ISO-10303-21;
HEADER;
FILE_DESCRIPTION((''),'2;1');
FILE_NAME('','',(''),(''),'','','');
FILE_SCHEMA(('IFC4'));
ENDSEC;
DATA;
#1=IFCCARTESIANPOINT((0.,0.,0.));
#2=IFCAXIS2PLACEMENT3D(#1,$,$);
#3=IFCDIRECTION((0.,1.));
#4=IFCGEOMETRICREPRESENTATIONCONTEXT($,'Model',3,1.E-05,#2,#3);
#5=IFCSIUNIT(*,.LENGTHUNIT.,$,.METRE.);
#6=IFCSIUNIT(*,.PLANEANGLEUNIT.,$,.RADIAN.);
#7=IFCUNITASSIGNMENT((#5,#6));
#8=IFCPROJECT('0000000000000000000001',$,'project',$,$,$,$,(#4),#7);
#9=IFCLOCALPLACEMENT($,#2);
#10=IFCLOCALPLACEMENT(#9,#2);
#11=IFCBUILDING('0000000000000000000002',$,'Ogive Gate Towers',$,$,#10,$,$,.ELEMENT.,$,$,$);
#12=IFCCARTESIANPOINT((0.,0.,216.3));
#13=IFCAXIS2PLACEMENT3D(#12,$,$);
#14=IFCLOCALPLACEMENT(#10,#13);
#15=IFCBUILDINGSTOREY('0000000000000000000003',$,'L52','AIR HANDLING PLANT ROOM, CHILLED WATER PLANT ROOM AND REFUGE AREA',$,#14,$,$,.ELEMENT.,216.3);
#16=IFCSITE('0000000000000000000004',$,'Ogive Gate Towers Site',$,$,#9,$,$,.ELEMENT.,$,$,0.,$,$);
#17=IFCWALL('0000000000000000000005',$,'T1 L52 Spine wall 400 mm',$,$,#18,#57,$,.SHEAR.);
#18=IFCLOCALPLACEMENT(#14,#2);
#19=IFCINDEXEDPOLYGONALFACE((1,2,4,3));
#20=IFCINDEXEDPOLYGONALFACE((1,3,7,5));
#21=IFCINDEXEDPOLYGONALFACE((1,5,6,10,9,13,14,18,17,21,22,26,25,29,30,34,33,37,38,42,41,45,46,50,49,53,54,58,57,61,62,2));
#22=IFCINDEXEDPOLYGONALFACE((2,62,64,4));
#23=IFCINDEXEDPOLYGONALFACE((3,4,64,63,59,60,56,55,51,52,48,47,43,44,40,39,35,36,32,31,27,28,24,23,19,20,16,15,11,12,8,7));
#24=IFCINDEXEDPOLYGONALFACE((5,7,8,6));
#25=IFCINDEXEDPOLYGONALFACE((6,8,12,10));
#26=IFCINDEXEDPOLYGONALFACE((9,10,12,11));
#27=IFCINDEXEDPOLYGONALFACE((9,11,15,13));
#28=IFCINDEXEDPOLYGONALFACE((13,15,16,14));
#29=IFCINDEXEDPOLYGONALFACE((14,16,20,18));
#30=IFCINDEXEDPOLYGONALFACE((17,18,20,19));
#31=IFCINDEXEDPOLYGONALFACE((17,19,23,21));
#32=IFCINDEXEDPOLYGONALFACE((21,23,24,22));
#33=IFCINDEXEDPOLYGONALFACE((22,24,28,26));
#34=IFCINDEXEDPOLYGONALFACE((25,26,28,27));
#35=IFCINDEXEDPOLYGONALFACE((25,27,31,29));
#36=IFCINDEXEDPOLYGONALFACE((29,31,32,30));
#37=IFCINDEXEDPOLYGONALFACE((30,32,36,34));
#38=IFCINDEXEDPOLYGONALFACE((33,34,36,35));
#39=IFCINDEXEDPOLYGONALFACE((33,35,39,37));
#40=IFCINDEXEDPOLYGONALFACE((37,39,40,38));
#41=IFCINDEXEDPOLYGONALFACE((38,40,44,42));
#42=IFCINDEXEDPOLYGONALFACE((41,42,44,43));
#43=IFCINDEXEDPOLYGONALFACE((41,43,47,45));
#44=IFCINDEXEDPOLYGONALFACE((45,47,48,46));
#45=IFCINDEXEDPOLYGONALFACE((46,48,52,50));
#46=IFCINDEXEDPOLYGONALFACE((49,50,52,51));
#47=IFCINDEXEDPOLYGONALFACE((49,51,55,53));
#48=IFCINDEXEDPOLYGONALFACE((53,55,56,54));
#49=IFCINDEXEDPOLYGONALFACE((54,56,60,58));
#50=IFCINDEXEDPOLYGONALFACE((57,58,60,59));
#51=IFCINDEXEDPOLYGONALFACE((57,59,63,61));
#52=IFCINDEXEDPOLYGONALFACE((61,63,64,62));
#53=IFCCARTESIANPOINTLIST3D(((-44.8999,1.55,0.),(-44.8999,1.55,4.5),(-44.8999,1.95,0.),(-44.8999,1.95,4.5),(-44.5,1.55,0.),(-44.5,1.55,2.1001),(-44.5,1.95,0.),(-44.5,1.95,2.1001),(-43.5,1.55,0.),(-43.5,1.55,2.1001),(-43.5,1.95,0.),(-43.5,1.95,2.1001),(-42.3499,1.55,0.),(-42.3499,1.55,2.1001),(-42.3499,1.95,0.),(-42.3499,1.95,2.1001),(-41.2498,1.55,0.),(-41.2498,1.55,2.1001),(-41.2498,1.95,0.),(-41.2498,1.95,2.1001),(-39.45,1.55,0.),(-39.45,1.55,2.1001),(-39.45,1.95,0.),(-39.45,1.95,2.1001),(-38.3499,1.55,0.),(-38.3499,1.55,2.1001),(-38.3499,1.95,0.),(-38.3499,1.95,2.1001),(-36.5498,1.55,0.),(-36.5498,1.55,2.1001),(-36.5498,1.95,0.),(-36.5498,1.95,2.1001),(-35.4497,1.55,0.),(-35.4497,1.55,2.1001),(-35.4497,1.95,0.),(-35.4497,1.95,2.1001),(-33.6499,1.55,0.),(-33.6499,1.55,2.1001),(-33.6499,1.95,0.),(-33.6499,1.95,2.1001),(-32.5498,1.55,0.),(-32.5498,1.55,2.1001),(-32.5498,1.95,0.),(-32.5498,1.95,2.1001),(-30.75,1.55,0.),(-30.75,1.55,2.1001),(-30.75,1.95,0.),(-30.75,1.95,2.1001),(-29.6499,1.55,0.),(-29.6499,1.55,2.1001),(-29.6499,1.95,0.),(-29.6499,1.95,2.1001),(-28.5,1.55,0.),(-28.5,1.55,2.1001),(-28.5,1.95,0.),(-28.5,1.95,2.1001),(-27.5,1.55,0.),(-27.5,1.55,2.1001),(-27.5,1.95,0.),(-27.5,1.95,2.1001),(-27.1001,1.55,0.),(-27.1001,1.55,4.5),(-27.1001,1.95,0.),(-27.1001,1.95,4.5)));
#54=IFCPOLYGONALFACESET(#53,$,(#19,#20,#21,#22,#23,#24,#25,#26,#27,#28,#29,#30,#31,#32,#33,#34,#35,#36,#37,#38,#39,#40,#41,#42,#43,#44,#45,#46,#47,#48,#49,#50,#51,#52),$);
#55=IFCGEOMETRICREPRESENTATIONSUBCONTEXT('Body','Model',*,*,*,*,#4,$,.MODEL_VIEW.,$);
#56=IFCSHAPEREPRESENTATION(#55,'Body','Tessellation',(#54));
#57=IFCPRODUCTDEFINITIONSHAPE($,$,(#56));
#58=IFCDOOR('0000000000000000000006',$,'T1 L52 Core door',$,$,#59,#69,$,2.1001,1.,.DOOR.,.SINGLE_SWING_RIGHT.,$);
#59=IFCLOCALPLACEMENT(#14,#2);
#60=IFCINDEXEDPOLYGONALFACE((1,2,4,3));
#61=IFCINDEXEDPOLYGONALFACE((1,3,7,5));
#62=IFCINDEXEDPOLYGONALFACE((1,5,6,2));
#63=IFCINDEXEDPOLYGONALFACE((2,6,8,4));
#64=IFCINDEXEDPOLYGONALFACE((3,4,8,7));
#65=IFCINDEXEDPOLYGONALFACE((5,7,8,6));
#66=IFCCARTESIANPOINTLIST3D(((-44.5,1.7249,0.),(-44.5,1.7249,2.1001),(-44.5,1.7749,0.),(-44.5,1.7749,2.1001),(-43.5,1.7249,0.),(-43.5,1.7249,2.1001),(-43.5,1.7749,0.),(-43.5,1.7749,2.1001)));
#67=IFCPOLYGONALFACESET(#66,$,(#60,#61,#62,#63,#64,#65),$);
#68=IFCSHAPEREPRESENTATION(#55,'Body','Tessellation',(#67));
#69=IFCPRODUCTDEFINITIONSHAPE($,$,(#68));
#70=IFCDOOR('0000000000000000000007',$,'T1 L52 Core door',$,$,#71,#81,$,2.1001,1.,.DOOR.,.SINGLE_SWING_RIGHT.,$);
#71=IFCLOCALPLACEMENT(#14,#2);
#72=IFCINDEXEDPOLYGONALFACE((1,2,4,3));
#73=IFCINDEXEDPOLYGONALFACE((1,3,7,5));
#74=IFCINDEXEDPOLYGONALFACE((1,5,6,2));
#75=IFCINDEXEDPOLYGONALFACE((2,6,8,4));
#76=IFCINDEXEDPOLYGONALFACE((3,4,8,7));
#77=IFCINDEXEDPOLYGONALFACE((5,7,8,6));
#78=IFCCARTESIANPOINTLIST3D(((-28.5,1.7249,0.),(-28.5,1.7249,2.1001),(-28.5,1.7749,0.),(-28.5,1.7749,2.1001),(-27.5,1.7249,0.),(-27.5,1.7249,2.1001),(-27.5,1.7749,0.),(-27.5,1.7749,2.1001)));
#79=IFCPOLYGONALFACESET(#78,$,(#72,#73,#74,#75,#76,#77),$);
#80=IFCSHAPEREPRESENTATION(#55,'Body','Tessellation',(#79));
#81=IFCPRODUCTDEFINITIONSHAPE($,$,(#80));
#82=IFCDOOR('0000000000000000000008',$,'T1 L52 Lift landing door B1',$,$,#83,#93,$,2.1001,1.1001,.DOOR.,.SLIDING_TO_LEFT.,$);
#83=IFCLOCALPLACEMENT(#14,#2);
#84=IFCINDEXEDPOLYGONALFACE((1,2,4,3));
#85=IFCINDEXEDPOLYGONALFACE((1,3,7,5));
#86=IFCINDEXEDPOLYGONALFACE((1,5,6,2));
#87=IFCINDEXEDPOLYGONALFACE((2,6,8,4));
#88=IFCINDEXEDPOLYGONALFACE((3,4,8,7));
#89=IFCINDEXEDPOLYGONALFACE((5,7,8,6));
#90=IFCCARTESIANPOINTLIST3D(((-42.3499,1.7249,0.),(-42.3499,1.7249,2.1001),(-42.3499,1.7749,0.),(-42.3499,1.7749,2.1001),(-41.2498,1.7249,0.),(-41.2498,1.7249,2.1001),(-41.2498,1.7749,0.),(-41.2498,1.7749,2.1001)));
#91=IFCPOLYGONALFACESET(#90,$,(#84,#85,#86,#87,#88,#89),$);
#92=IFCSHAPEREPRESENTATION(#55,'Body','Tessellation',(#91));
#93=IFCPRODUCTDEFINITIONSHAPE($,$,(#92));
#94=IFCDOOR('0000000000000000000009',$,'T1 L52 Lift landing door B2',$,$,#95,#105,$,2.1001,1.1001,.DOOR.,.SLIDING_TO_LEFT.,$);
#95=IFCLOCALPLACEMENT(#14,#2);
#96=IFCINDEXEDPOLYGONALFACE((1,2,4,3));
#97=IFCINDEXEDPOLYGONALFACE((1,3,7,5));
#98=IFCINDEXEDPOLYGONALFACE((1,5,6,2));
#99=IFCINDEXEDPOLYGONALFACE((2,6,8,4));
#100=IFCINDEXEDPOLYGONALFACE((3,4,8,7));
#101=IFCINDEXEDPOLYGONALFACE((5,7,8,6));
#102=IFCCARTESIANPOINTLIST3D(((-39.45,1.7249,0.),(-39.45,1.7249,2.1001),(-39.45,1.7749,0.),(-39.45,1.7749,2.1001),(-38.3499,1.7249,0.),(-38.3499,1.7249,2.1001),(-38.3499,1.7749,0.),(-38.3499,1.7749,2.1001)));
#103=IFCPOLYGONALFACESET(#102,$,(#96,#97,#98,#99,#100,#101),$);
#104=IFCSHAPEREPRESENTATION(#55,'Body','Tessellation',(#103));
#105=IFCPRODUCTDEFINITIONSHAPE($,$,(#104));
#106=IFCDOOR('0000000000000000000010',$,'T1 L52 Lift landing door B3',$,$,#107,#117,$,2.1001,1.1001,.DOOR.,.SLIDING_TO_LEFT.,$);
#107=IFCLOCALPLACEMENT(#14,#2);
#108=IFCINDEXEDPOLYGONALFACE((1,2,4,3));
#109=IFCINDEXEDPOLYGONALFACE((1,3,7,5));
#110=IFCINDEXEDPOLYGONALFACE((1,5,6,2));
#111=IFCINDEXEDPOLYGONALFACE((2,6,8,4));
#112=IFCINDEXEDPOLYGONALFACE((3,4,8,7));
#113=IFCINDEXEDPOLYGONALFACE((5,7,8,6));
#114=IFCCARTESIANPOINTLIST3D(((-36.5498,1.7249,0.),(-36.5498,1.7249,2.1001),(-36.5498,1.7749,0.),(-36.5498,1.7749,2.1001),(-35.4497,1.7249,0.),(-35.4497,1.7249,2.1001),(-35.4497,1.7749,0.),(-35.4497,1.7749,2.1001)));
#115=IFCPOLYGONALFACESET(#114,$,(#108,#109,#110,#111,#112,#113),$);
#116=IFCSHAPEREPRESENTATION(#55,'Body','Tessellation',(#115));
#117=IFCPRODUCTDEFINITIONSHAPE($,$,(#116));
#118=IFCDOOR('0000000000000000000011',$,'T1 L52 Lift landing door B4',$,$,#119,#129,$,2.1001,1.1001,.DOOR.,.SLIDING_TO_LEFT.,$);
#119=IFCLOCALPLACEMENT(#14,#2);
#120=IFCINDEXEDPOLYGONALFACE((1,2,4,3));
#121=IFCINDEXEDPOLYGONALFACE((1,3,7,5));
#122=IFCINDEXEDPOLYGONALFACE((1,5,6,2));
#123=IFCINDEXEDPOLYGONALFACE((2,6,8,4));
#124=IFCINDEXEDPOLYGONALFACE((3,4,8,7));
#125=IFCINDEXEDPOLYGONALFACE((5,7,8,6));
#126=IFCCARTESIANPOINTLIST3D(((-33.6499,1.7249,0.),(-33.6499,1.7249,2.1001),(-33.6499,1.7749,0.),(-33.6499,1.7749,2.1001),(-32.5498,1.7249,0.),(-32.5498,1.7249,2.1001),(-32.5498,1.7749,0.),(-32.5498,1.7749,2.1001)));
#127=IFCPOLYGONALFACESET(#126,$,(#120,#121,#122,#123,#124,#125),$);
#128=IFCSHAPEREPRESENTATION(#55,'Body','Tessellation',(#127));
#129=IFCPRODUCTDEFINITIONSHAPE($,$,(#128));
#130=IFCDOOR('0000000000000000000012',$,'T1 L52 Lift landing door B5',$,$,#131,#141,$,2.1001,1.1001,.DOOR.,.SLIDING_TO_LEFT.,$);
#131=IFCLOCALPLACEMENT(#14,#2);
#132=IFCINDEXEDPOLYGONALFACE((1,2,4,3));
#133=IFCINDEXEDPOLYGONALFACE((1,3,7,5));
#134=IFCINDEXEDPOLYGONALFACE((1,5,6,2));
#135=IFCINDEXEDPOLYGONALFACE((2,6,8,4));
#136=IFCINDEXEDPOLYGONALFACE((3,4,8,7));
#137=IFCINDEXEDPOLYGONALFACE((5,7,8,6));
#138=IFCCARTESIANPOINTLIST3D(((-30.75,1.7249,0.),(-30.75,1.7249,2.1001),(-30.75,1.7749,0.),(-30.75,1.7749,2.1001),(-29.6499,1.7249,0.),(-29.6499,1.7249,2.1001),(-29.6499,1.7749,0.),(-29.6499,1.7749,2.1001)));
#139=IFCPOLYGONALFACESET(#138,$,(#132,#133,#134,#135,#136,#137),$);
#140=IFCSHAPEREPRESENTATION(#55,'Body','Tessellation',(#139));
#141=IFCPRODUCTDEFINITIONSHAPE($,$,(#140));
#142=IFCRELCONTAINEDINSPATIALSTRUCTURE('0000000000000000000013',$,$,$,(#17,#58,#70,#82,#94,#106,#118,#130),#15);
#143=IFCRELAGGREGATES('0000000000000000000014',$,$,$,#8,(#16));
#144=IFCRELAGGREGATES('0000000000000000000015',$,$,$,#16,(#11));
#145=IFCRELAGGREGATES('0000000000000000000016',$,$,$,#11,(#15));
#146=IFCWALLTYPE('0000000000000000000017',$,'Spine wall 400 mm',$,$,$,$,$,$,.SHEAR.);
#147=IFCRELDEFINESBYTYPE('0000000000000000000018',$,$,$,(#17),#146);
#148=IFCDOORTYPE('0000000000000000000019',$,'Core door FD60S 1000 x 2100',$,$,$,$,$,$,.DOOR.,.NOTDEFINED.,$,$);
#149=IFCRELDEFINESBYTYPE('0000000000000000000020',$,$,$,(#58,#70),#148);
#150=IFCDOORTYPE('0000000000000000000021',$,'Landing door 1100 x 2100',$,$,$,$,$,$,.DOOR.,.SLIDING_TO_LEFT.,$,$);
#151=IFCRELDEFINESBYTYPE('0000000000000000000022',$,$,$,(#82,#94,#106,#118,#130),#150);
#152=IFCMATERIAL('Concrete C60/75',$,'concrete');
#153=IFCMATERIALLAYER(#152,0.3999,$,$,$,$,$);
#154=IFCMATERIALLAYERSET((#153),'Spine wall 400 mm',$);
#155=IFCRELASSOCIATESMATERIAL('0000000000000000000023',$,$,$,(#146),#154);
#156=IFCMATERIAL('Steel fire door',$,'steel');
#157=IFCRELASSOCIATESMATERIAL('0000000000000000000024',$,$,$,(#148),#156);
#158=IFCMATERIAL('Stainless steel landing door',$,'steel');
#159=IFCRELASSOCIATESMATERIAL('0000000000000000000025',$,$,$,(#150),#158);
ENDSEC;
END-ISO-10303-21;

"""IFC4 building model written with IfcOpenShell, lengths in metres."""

from ifc_helpers import new_model, si_unit, direction, frame, frame_2d, origin, place, context, subcontext, project, spatial, rectangle, extrude, material, layer, layer_set, type_object, element, fill, save


model = new_model("IFC4")

# Units and contexts
model_context = context("Model", 3, precision=1e-05, world=origin(), true_north=direction((0.0, 1.0)))
body_context = subcontext(model_context, "Body", "Model", "MODEL_VIEW")
ifc_project = project(units=[si_unit("LENGTHUNIT", "METRE"), si_unit("PLANEANGLEUNIT", "RADIAN")], contexts=[model_context])

# Site, building, storey
site_placement = place(None, origin())
site = spatial("IfcSite", under=ifc_project, at=site_placement, Name="Ogive Gate Towers Site", CompositionType="ELEMENT", RefElevation=0.0)
building_placement = place(site_placement, origin())
building = spatial("IfcBuilding", under=site, at=building_placement, Name="Ogive Gate Towers", CompositionType="ELEMENT")
storey_placement = place(building_placement, frame((0.0, 0.0, 216.3)))
storey = spatial("IfcBuildingStorey", under=building, at=storey_placement, Name="L52", Description="AIR HANDLING PLANT ROOM, CHILLED WATER PLANT ROOM AND REFUGE AREA", CompositionType="ELEMENT", Elevation=216.3)

# Shared definitions
ifc_material_1 = material(Name="Steel fire door", Category="steel")
ifc_material_2 = material(Name="Concrete C60/75", Category="concrete")

# Wall, openings, doors
ifc_layer_1 = layer(ifc_material_2, 0.3999)
ifc_layer_set_1 = layer_set([ifc_layer_1], Name="Spine wall 400 mm")
wall_type_1 = type_object("IfcWallType", Name="Spine wall 400 mm", PredefinedType="SHEAR", material=ifc_layer_set_1)
wall_1_placement = place(storey_placement, frame((-44.8999, 1.75, 0.0), z_axis=(0.0, 0.0, 1.0), x_axis=(1.0, 0.0, 0.0)))
wall_1 = element("IfcWall", 1, at=wall_1_placement, inside=storey, type_object=wall_type_1, Name="T1 L52 Spine wall 400 mm", PredefinedType="SHEAR", context=body_context, shape_type="SweptSolid", body=[
    extrude(rectangle(XDim=17.7998, YDim=0.3999, at=frame_2d((8.8999, 0.0))), origin(), (0.0, 0.0, 1.0), 4.5),
])
opening_1_placement = place(wall_1_placement, frame((0.3999, 0.0, 0.0)))
opening_1 = element("IfcOpeningElement", 2, at=opening_1_placement, cuts=wall_1, PredefinedType="OPENING", context=body_context, shape_type="SweptSolid", body=[
    extrude(rectangle(XDim=1.0, YDim=2.1001, at=frame_2d((0.5, 1.05))), frame((0.0, 0.21, 0.0), z_axis=(0.0, -1.0, 0.0), x_axis=(1.0, 0.0, 0.0)), (0.0, 0.0, 1.0), 0.4199),
])
opening_2_placement = place(wall_1_placement, frame((2.55, 0.0, 0.0)))
opening_2 = element("IfcOpeningElement", 3, at=opening_2_placement, cuts=wall_1, PredefinedType="OPENING", context=body_context, shape_type="SweptSolid", body=[
    extrude(rectangle(XDim=1.1001, YDim=2.1001, at=frame_2d((0.55, 1.05))), frame((0.0, 0.21, 0.0), z_axis=(0.0, -1.0, 0.0), x_axis=(1.0, 0.0, 0.0)), (0.0, 0.0, 1.0), 0.4199),
])
opening_3_placement = place(wall_1_placement, frame((5.45, 0.0, 0.0)))
opening_3 = element("IfcOpeningElement", 4, at=opening_3_placement, cuts=wall_1, PredefinedType="OPENING", context=body_context, shape_type="SweptSolid", body=[
    extrude(rectangle(XDim=1.1001, YDim=2.1001, at=frame_2d((0.55, 1.05))), frame((0.0, 0.21, 0.0), z_axis=(0.0, -1.0, 0.0), x_axis=(1.0, 0.0, 0.0)), (0.0, 0.0, 1.0), 0.4199),
])
opening_4_placement = place(wall_1_placement, frame((8.3501, 0.0, 0.0)))
opening_4 = element("IfcOpeningElement", 5, at=opening_4_placement, cuts=wall_1, PredefinedType="OPENING", context=body_context, shape_type="SweptSolid", body=[
    extrude(rectangle(XDim=1.1001, YDim=2.1001, at=frame_2d((0.55, 1.05))), frame((0.0, 0.21, 0.0), z_axis=(0.0, -1.0, 0.0), x_axis=(1.0, 0.0, 0.0)), (0.0, 0.0, 1.0), 0.4199),
])
opening_5_placement = place(wall_1_placement, frame((11.25, 0.0, 0.0)))
opening_5 = element("IfcOpeningElement", 6, at=opening_5_placement, cuts=wall_1, PredefinedType="OPENING", context=body_context, shape_type="SweptSolid", body=[
    extrude(rectangle(XDim=1.1001, YDim=2.1001, at=frame_2d((0.55, 1.05))), frame((0.0, 0.21, 0.0), z_axis=(0.0, -1.0, 0.0), x_axis=(1.0, 0.0, 0.0)), (0.0, 0.0, 1.0), 0.4199),
])
opening_6_placement = place(wall_1_placement, frame((14.1499, 0.0, 0.0)))
opening_6 = element("IfcOpeningElement", 7, at=opening_6_placement, cuts=wall_1, PredefinedType="OPENING", context=body_context, shape_type="SweptSolid", body=[
    extrude(rectangle(XDim=1.1001, YDim=2.1001, at=frame_2d((0.55, 1.05))), frame((0.0, 0.21, 0.0), z_axis=(0.0, -1.0, 0.0), x_axis=(1.0, 0.0, 0.0)), (0.0, 0.0, 1.0), 0.4199),
])
opening_7_placement = place(wall_1_placement, frame((16.3999, 0.0, 0.0)))
opening_7 = element("IfcOpeningElement", 8, at=opening_7_placement, cuts=wall_1, PredefinedType="OPENING", context=body_context, shape_type="SweptSolid", body=[
    extrude(rectangle(XDim=1.0, YDim=2.1001, at=frame_2d((0.5, 1.05))), frame((0.0, 0.21, 0.0), z_axis=(0.0, -1.0, 0.0), x_axis=(1.0, 0.0, 0.0)), (0.0, 0.0, 1.0), 0.4199),
])
door_type_1 = type_object("IfcDoorType", Name="Core door FD60S 1000 x 2100", OperationType="NOTDEFINED", PredefinedType="DOOR", material=ifc_material_1)
door_1_placement = place(opening_1_placement, origin())
door_1 = element("IfcDoor", 9, at=door_1_placement, inside=storey, type_object=door_type_1, Name="T1 L52 Core door", OperationType="SINGLE_SWING_RIGHT", OverallHeight=2.1001, OverallWidth=1.0, PredefinedType="DOOR", context=body_context, shape_type="SweptSolid", body=[
    extrude(rectangle(XDim=1.0, YDim=2.1001, at=frame_2d((0.5, 1.05))), frame((0.0, 0.0249, 0.0), z_axis=(0.0, -1.0, 0.0), x_axis=(1.0, 0.0, 0.0)), (0.0, 0.0, 1.0), 0.05),
])
fill(opening_1, door_1)
door_2_placement = place(opening_7_placement, origin())
door_2 = element("IfcDoor", 10, at=door_2_placement, inside=storey, type_object=door_type_1, Name="T1 L52 Core door", OperationType="SINGLE_SWING_RIGHT", OverallHeight=2.1001, OverallWidth=1.0, PredefinedType="DOOR", context=body_context, shape_type="SweptSolid", body=[
    extrude(rectangle(XDim=1.0, YDim=2.1001, at=frame_2d((0.5, 1.05))), frame((0.0, 0.0249, 0.0), z_axis=(0.0, -1.0, 0.0), x_axis=(1.0, 0.0, 0.0)), (0.0, 0.0, 1.0), 0.05),
])
fill(opening_7, door_2)
ifc_material_3 = material(Name="Stainless steel landing door", Category="steel")
door_type_2 = type_object("IfcDoorType", Name="Landing door 1100 x 2100", OperationType="SLIDING_TO_LEFT", PredefinedType="DOOR", material=ifc_material_3)
door_3_placement = place(opening_2_placement, origin())
door_3 = element("IfcDoor", 11, at=door_3_placement, inside=storey, type_object=door_type_2, Name="T1 L52 Lift landing door B1", OperationType="SLIDING_TO_LEFT", OverallHeight=2.1001, OverallWidth=1.1001, PredefinedType="DOOR", context=body_context, shape_type="SweptSolid", body=[
    extrude(rectangle(XDim=1.1001, YDim=2.1001, at=frame_2d((0.55, 1.05))), frame((0.0, 0.0249, 0.0), z_axis=(0.0, -1.0, 0.0), x_axis=(1.0, 0.0, 0.0)), (0.0, 0.0, 1.0), 0.05),
])
fill(opening_2, door_3)
door_4_placement = place(opening_3_placement, origin())
door_4 = element("IfcDoor", 12, at=door_4_placement, inside=storey, type_object=door_type_2, Name="T1 L52 Lift landing door B2", OperationType="SLIDING_TO_LEFT", OverallHeight=2.1001, OverallWidth=1.1001, PredefinedType="DOOR", context=body_context, shape_type="SweptSolid", body=[
    extrude(rectangle(XDim=1.1001, YDim=2.1001, at=frame_2d((0.55, 1.05))), frame((0.0, 0.0249, 0.0), z_axis=(0.0, -1.0, 0.0), x_axis=(1.0, 0.0, 0.0)), (0.0, 0.0, 1.0), 0.05),
])
fill(opening_3, door_4)
door_5_placement = place(opening_4_placement, origin())
door_5 = element("IfcDoor", 13, at=door_5_placement, inside=storey, type_object=door_type_2, Name="T1 L52 Lift landing door B3", OperationType="SLIDING_TO_LEFT", OverallHeight=2.1001, OverallWidth=1.1001, PredefinedType="DOOR", context=body_context, shape_type="SweptSolid", body=[
    extrude(rectangle(XDim=1.1001, YDim=2.1001, at=frame_2d((0.55, 1.05))), frame((0.0, 0.0249, 0.0), z_axis=(0.0, -1.0, 0.0), x_axis=(1.0, 0.0, 0.0)), (0.0, 0.0, 1.0), 0.05),
])
fill(opening_4, door_5)
door_6_placement = place(opening_5_placement, origin())
door_6 = element("IfcDoor", 14, at=door_6_placement, inside=storey, type_object=door_type_2, Name="T1 L52 Lift landing door B4", OperationType="SLIDING_TO_LEFT", OverallHeight=2.1001, OverallWidth=1.1001, PredefinedType="DOOR", context=body_context, shape_type="SweptSolid", body=[
    extrude(rectangle(XDim=1.1001, YDim=2.1001, at=frame_2d((0.55, 1.05))), frame((0.0, 0.0249, 0.0), z_axis=(0.0, -1.0, 0.0), x_axis=(1.0, 0.0, 0.0)), (0.0, 0.0, 1.0), 0.05),
])
fill(opening_5, door_6)
door_7_placement = place(opening_6_placement, origin())
door_7 = element("IfcDoor", 15, at=door_7_placement, inside=storey, type_object=door_type_2, Name="T1 L52 Lift landing door B5", OperationType="SLIDING_TO_LEFT", OverallHeight=2.1001, OverallWidth=1.1001, PredefinedType="DOOR", context=body_context, shape_type="SweptSolid", body=[
    extrude(rectangle(XDim=1.1001, YDim=2.1001, at=frame_2d((0.55, 1.05))), frame((0.0, 0.0249, 0.0), z_axis=(0.0, -1.0, 0.0), x_axis=(1.0, 0.0, 0.0)), (0.0, 0.0, 1.0), 0.05),
])
fill(opening_6, door_7)

save(model, "model.ifc")
